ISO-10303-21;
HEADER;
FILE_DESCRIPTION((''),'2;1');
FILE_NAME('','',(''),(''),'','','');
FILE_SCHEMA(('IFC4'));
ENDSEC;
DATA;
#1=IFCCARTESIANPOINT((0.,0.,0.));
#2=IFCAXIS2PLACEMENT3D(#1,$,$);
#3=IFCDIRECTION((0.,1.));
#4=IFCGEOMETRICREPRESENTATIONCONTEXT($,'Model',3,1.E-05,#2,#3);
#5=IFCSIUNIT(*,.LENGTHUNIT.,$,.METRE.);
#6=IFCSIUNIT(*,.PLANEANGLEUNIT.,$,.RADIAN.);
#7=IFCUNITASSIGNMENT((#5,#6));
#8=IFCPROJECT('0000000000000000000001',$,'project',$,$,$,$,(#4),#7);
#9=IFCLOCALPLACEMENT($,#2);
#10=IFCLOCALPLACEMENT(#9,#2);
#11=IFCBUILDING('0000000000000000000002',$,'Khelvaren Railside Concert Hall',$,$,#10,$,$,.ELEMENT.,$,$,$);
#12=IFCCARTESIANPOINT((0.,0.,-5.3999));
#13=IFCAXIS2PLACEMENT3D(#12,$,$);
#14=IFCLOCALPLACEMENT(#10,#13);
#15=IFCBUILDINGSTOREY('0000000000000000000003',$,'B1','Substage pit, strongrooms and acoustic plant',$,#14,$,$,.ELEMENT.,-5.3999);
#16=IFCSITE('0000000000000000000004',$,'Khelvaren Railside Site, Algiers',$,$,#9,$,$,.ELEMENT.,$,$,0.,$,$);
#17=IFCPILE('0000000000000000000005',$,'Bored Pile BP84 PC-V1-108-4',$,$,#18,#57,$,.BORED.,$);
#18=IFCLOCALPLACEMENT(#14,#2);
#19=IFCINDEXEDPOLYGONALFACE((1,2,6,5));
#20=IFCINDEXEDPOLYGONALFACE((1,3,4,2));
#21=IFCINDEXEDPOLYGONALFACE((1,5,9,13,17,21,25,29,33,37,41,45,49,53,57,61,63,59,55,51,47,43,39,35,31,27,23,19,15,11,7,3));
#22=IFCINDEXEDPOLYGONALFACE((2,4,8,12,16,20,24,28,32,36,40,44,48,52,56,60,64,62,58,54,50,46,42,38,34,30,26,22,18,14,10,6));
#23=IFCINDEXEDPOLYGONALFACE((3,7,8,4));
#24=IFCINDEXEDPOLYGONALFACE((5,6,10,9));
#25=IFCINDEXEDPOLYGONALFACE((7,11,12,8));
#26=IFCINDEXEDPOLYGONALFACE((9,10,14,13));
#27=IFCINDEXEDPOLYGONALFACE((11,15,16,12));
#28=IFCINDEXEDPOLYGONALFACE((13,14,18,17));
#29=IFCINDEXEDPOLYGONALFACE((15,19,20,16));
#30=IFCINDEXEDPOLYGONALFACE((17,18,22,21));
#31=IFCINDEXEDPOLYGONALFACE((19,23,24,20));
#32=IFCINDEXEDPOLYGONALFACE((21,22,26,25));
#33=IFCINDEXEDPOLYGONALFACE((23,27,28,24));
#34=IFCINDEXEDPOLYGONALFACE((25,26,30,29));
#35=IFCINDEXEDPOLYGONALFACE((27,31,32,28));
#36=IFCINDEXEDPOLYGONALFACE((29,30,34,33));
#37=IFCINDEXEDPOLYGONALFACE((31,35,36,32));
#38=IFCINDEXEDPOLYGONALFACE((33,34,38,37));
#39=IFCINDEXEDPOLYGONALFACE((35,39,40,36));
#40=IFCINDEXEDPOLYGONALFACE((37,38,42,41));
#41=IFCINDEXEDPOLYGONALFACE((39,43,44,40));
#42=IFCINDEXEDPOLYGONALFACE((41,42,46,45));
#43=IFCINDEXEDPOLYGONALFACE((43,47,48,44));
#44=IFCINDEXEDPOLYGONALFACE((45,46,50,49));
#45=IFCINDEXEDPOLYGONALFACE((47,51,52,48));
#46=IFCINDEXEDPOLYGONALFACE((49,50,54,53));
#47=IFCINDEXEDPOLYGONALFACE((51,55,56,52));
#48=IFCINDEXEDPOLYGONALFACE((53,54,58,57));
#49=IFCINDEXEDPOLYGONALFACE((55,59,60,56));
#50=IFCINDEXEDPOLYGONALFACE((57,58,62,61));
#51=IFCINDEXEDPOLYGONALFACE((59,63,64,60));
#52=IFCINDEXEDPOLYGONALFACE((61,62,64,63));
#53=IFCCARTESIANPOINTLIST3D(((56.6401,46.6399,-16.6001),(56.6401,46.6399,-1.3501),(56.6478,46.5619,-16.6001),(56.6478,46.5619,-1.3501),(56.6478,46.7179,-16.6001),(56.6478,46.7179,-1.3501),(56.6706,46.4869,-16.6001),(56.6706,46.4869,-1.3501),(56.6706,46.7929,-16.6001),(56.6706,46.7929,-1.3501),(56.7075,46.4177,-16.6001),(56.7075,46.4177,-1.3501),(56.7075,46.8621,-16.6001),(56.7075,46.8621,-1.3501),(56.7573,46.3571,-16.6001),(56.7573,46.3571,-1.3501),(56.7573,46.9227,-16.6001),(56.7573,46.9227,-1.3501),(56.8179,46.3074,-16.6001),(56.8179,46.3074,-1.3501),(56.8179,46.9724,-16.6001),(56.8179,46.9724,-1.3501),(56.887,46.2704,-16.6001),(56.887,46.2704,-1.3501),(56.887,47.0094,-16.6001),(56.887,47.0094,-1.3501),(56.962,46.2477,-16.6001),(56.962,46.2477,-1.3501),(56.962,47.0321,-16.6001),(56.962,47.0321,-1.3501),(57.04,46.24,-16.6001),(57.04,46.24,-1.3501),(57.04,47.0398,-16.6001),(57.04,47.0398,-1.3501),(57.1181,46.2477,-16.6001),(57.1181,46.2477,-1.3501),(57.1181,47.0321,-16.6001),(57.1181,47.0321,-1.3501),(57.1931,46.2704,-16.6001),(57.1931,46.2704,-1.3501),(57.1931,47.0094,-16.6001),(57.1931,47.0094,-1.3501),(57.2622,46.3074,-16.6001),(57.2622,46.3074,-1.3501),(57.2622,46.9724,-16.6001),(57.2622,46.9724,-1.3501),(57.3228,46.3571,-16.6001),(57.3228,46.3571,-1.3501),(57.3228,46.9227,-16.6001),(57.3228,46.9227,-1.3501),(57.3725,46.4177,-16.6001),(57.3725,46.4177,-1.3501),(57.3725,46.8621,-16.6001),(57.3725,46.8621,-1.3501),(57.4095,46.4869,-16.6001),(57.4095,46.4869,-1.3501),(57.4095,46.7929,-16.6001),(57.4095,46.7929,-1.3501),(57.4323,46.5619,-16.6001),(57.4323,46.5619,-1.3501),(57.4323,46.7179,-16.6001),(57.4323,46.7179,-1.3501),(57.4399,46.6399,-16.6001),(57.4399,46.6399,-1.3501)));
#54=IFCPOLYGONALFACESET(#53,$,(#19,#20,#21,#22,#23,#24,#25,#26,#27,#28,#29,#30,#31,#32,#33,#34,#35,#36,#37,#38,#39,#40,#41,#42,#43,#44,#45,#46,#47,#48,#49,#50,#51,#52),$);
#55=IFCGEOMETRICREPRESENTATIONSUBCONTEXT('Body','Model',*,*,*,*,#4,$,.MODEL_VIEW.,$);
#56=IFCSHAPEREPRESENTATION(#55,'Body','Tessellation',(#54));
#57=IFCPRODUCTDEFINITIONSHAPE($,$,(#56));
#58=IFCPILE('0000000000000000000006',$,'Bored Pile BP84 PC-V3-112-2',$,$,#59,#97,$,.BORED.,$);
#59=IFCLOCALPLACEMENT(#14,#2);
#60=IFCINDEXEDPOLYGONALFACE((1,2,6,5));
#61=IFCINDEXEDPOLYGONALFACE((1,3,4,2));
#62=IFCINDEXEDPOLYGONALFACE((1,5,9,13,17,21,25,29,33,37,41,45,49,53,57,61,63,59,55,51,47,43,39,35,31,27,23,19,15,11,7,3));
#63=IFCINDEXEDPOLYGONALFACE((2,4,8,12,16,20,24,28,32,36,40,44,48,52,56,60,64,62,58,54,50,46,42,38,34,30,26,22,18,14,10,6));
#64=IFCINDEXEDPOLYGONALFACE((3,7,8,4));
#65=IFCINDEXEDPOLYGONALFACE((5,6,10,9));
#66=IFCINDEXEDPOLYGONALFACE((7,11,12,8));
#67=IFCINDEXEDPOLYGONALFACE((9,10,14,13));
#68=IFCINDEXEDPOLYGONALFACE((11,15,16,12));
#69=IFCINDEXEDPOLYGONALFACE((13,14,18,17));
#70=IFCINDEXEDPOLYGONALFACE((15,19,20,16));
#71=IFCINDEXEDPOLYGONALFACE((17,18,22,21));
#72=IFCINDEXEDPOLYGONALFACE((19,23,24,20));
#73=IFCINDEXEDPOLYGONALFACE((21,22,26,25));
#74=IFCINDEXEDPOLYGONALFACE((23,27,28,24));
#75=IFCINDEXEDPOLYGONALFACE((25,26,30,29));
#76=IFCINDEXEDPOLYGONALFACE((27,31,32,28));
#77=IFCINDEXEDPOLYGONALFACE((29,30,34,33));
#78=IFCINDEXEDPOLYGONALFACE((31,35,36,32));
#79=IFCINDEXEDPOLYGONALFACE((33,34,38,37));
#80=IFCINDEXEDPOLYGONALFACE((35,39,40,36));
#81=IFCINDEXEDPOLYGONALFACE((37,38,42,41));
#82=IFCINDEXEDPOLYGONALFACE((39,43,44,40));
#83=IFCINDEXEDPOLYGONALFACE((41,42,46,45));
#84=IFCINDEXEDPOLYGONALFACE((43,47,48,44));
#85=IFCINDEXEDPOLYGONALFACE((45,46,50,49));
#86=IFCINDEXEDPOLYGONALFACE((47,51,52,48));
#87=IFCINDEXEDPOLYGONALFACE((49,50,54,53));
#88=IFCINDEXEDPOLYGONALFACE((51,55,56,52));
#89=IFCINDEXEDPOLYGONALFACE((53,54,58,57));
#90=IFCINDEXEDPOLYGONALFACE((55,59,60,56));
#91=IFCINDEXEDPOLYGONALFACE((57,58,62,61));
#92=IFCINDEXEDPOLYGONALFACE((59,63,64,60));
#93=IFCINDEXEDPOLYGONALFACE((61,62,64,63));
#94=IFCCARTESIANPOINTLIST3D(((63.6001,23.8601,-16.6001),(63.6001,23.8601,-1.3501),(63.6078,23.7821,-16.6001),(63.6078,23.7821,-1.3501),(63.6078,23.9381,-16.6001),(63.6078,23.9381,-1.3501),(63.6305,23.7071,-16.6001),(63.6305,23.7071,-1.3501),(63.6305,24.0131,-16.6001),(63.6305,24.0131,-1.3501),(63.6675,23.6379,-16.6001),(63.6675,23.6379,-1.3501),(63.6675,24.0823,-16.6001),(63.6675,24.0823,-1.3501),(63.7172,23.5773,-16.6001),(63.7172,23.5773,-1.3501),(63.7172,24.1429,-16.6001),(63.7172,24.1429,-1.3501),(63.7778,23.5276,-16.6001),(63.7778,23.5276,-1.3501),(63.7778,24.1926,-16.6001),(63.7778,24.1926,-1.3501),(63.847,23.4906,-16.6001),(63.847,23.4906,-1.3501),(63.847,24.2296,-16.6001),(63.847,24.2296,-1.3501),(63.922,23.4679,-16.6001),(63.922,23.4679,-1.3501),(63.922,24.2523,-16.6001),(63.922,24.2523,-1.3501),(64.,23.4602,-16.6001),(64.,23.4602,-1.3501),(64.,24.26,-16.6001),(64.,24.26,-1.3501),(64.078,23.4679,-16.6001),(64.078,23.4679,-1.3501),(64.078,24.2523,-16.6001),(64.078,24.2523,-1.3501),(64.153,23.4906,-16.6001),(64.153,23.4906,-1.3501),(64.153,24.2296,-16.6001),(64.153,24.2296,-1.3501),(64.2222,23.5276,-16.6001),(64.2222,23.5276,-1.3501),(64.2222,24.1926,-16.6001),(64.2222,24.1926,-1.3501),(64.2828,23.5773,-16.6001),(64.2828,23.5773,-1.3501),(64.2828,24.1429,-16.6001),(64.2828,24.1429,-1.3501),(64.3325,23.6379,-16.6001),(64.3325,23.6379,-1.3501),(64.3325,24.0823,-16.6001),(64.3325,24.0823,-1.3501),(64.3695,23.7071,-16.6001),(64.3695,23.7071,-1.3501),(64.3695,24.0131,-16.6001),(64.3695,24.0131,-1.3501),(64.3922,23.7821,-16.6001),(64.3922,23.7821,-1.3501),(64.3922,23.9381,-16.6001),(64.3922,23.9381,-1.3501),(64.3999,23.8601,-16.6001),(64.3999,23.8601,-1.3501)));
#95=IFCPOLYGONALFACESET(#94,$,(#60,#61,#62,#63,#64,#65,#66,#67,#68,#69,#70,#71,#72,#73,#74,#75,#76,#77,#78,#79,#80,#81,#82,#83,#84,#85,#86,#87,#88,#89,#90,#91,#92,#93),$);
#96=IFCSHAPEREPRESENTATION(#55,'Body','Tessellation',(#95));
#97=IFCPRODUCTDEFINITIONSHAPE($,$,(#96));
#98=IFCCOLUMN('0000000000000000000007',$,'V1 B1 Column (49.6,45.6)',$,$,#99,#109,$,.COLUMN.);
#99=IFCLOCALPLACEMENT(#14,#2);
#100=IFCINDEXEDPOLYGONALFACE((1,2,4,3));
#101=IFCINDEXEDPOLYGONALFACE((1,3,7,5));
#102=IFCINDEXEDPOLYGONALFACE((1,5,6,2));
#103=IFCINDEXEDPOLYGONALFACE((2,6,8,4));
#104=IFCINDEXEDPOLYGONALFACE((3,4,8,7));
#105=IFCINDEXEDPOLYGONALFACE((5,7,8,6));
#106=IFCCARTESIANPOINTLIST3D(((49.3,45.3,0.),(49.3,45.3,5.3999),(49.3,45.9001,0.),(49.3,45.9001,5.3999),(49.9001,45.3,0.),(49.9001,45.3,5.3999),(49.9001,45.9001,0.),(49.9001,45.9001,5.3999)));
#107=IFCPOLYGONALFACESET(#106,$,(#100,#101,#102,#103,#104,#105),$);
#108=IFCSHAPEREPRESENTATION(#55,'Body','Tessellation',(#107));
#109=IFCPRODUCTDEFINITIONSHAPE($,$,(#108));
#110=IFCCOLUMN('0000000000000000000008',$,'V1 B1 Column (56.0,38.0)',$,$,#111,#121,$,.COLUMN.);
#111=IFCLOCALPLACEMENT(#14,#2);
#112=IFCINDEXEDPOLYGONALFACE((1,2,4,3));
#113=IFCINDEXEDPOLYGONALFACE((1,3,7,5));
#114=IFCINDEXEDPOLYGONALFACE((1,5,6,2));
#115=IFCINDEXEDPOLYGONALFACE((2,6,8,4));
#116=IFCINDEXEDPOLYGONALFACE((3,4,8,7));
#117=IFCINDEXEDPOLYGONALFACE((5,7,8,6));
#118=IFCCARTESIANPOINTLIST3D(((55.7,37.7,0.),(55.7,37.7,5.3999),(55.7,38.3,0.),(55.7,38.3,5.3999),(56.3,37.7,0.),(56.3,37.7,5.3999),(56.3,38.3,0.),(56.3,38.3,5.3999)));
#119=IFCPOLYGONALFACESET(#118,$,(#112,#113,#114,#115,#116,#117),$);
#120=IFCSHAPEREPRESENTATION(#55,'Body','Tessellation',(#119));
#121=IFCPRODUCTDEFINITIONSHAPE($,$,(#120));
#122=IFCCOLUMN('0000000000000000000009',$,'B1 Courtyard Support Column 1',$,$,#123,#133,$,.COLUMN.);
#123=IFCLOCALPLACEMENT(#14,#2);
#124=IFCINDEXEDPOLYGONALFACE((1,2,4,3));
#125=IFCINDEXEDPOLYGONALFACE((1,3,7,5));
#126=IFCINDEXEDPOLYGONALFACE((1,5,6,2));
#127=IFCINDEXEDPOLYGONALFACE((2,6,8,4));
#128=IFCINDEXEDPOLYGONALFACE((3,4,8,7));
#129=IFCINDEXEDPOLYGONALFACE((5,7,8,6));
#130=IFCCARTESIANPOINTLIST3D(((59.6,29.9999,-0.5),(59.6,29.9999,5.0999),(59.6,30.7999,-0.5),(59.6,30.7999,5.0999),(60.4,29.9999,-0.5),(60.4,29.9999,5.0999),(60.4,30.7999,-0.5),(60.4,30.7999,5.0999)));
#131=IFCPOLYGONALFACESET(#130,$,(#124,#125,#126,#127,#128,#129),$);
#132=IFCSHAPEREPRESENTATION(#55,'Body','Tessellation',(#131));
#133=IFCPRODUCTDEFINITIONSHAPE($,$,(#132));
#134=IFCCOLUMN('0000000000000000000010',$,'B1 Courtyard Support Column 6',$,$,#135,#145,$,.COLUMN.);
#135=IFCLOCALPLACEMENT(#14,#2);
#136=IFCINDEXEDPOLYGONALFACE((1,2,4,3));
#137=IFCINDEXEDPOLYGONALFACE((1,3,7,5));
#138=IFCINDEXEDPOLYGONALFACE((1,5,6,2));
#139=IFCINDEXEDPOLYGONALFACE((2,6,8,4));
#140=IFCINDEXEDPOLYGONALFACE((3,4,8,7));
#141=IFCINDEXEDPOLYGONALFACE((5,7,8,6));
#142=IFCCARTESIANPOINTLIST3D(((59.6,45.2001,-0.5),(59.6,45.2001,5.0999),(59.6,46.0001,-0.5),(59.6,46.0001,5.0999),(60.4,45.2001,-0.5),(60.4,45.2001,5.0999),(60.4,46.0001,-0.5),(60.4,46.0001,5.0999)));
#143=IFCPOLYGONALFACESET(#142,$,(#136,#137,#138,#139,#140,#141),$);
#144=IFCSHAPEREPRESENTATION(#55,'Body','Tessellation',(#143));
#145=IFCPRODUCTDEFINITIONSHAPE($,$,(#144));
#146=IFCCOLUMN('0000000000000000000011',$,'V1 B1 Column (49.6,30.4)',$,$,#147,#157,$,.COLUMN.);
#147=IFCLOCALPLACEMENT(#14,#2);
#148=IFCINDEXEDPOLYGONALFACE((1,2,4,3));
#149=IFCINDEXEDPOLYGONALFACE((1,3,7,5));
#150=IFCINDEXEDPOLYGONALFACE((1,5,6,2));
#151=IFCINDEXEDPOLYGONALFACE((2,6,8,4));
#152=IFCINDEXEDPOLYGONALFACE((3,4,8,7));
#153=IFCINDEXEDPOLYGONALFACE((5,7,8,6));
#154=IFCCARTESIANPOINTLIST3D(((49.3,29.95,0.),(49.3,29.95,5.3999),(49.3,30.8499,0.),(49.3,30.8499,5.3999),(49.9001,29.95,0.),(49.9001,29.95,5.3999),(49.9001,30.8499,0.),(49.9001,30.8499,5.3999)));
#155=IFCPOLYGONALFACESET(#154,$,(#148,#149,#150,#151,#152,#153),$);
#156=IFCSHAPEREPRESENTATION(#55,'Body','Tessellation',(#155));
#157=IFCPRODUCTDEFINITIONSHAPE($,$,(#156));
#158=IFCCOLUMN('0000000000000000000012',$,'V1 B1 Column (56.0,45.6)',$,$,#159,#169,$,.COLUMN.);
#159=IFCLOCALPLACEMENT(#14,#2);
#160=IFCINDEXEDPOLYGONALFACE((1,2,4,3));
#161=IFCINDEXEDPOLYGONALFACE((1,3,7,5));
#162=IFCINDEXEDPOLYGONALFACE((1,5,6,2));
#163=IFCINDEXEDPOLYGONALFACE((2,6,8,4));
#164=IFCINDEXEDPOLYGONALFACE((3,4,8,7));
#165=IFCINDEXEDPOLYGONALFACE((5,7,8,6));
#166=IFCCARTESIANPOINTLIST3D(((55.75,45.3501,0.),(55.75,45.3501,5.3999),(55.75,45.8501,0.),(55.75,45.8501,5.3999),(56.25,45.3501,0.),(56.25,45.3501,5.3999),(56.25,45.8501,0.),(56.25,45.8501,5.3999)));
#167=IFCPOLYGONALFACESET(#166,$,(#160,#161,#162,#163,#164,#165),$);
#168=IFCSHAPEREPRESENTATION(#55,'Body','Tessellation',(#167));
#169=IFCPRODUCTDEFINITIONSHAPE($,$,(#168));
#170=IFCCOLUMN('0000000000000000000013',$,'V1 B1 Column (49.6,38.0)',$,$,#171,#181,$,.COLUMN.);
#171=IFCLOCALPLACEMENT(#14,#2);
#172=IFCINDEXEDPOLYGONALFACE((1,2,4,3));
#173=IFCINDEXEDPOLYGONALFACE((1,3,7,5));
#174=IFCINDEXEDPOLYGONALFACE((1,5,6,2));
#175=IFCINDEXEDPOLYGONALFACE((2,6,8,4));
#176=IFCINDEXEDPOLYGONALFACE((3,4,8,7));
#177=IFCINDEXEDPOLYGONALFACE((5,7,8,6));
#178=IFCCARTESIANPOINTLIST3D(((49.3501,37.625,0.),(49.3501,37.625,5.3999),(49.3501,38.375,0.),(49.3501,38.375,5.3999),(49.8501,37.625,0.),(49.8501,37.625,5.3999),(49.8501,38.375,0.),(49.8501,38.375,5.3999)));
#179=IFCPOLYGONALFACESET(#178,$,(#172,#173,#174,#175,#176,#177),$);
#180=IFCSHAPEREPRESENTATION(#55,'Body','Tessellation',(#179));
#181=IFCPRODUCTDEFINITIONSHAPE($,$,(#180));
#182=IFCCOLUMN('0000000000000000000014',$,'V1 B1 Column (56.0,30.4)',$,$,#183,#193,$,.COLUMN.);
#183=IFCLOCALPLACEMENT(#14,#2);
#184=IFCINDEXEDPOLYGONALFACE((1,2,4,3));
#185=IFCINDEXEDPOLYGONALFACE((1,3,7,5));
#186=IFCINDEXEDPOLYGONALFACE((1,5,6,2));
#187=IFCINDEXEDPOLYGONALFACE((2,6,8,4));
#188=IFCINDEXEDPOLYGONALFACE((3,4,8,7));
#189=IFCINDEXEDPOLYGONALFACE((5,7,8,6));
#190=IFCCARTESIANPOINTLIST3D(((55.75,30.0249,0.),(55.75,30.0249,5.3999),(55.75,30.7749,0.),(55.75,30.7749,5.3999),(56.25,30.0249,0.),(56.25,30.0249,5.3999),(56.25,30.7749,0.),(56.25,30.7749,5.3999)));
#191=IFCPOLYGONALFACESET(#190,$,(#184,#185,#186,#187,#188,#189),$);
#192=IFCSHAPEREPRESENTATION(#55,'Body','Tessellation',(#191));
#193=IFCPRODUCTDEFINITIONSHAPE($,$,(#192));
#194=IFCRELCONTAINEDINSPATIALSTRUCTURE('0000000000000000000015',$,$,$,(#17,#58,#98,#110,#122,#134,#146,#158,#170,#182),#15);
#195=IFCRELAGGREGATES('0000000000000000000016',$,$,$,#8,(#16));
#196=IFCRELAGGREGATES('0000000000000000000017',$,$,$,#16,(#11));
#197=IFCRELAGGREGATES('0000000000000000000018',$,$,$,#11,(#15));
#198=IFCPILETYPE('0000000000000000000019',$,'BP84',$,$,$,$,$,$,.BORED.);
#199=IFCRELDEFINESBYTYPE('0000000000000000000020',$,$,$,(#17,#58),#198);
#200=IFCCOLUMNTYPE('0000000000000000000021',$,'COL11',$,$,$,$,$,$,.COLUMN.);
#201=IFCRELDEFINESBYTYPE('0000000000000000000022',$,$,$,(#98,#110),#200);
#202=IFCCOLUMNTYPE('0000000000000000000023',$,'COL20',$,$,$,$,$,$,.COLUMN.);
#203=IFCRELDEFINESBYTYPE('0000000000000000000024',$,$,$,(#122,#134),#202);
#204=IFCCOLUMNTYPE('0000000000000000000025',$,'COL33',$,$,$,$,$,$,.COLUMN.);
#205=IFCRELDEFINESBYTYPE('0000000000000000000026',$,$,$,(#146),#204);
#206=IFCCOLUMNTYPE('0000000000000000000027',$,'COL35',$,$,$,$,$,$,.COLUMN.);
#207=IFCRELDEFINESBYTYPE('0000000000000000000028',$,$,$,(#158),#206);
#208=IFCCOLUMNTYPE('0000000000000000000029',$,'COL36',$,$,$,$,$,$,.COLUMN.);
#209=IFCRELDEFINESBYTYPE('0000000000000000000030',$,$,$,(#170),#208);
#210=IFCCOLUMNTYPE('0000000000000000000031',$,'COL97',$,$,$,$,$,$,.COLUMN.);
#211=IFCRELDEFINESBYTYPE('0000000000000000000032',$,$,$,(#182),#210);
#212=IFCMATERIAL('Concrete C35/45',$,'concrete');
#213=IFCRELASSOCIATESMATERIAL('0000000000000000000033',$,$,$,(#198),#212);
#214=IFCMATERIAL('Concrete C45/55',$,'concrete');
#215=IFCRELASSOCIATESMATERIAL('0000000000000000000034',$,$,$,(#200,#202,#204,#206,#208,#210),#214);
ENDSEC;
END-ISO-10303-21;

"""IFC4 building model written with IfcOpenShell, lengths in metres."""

from ifc_helpers import new_model, si_unit, direction, frame, origin, origin_2d, place, context, subcontext, project, spatial, rectangle, circle, extrude, material, material_profile, profile_set, type_object, element, save


model = new_model("IFC4")

# Units and contexts
model_context = context("Model", 3, precision=1e-05, world=origin(), true_north=direction((0.0, 1.0)))
body_context = subcontext(model_context, "Body", "Model", "MODEL_VIEW")
ifc_project = project(units=[si_unit("LENGTHUNIT", "METRE"), si_unit("PLANEANGLEUNIT", "RADIAN")], contexts=[model_context])

# Site, building, storey
site_placement = place(None, origin())
site = spatial("IfcSite", under=ifc_project, at=site_placement, Name="Khelvaren Railside Site, Algiers", CompositionType="ELEMENT", RefElevation=0.0)
building_placement = place(site_placement, origin())
building = spatial("IfcBuilding", under=site, at=building_placement, Name="Khelvaren Railside Concert Hall", CompositionType="ELEMENT")
storey_placement = place(building_placement, frame((0.0, 0.0, -5.3999)))
storey = spatial("IfcBuildingStorey", under=building, at=storey_placement, Name="B1", Description="Substage pit, strongrooms and acoustic plant", CompositionType="ELEMENT", Elevation=-5.3999)

# Piles
ifc_material_1 = material(Name="Concrete C35/45", Category="concrete")
ifc_material_profile_1 = material_profile(ifc_material_1, circle(Radius=0.3999, at=origin_2d()), Name="BP D800")
ifc_profile_set_1 = profile_set([ifc_material_profile_1], Name="Concrete C35/45")
pile_type_1 = type_object("IfcPileType", Name="BP84", PredefinedType="BORED", material=ifc_profile_set_1)
for number, where, z_axis, x_axis, name in (
    (1, (57.04, 46.6399, -1.3501), (0.0, 0.0, -1.0), (1.0, 0.0, 0.0), "Bored Pile BP84 PC-V1-108-4"),
    (2, (64.0, 23.8601, -1.3501), (0.0, 0.0, -1.0), (1.0, 0.0, 0.0), "Bored Pile BP84 PC-V3-112-2"),
):
    element("IfcPile", number, at=place(storey_placement, frame(where, z_axis=z_axis, x_axis=x_axis)), inside=storey, type_object=pile_type_1, Name=name, PredefinedType="BORED", context=body_context, shape_type="SweptSolid", body=[
        extrude(circle(Radius=0.3999, at=origin_2d()), origin(), (0.0, 0.0, 1.0), 15.25),
    ])

# Columns
ifc_material_2 = material(Name="Concrete C45/55", Category="concrete")
ifc_material_profile_2 = material_profile(ifc_material_2, rectangle(XDim=0.6001, YDim=0.6001, at=origin_2d()), Name="RC 600x600")
ifc_profile_set_2 = profile_set([ifc_material_profile_2], Name="Concrete C45/55")
column_type_1 = type_object("IfcColumnType", Name="COL11", PredefinedType="COLUMN", material=ifc_profile_set_2)
for number, where, z_axis, x_axis, name in (
    (3, (49.6001, 45.6001, 0.0), (0.0, 0.0, 1.0), (1.0, 0.0, 0.0), "V1 B1 Column (49.6,45.6)"),
    (4, (56.0, 38.0, 0.0), (0.0, 0.0, 1.0), (1.0, 0.0, 0.0), "V1 B1 Column (56.0,38.0)"),
):
    element("IfcColumn", number, at=place(storey_placement, frame(where, z_axis=z_axis, x_axis=x_axis)), inside=storey, type_object=column_type_1, Name=name, PredefinedType="COLUMN", context=body_context, shape_type="SweptSolid", body=[
        extrude(rectangle(XDim=0.6001, YDim=0.6001, at=origin_2d()), origin(), (0.0, 0.0, 1.0), 5.3999),
    ])
ifc_material_profile_3 = material_profile(ifc_material_2, rectangle(XDim=0.8, YDim=0.8, at=origin_2d()), Name="RC 800x800")
ifc_profile_set_3 = profile_set([ifc_material_profile_3], Name="Concrete C45/55")
column_type_2 = type_object("IfcColumnType", Name="COL20", PredefinedType="COLUMN", material=ifc_profile_set_3)
for number, where, z_axis, x_axis, name in (
    (5, (60.0, 30.3999, -0.5), (0.0, 0.0, 1.0), (1.0, 0.0, 0.0), "B1 Courtyard Support Column 1"),
    (6, (60.0, 45.6001, -0.5), (0.0, 0.0, 1.0), (1.0, 0.0, 0.0), "B1 Courtyard Support Column 6"),
):
    element("IfcColumn", number, at=place(storey_placement, frame(where, z_axis=z_axis, x_axis=x_axis)), inside=storey, type_object=column_type_2, Name=name, PredefinedType="COLUMN", context=body_context, shape_type="SweptSolid", body=[
        extrude(rectangle(XDim=0.8, YDim=0.8, at=origin_2d()), origin(), (0.0, 0.0, 1.0), 5.5999),
    ])
ifc_material_profile_4 = material_profile(ifc_material_2, rectangle(XDim=0.6001, YDim=0.8999, at=origin_2d()), Name="RC 600x900")
ifc_profile_set_4 = profile_set([ifc_material_profile_4], Name="Concrete C45/55")
column_type_3 = type_object("IfcColumnType", Name="COL33", PredefinedType="COLUMN", material=ifc_profile_set_4)
column_1_placement = place(storey_placement, frame((49.6001, 30.3999, 0.0), z_axis=(0.0, 0.0, 1.0), x_axis=(1.0, 0.0, 0.0)))
element("IfcColumn", 7, at=column_1_placement, inside=storey, type_object=column_type_3, Name="V1 B1 Column (49.6,30.4)", PredefinedType="COLUMN", context=body_context, shape_type="SweptSolid", body=[
    extrude(rectangle(XDim=0.6001, YDim=0.8999, at=origin_2d()), origin(), (0.0, 0.0, 1.0), 5.3999),
])
ifc_material_profile_5 = material_profile(ifc_material_2, rectangle(XDim=0.5, YDim=0.5, at=origin_2d()), Name="RC 500x500")
ifc_profile_set_5 = profile_set([ifc_material_profile_5], Name="Concrete C45/55")
column_type_4 = type_object("IfcColumnType", Name="COL35", PredefinedType="COLUMN", material=ifc_profile_set_5)
column_2_placement = place(storey_placement, frame((56.0, 45.6001, 0.0), z_axis=(0.0, 0.0, 1.0), x_axis=(1.0, 0.0, 0.0)))
element("IfcColumn", 8, at=column_2_placement, inside=storey, type_object=column_type_4, Name="V1 B1 Column (56.0,45.6)", PredefinedType="COLUMN", context=body_context, shape_type="SweptSolid", body=[
    extrude(rectangle(XDim=0.5, YDim=0.5, at=origin_2d()), origin(), (0.0, 0.0, 1.0), 5.3999),
])
ifc_material_profile_6 = material_profile(ifc_material_2, rectangle(XDim=0.5, YDim=0.75, at=origin_2d()), Name="RC 500x750")
ifc_profile_set_6 = profile_set([ifc_material_profile_6], Name="Concrete C45/55")
column_type_5 = type_object("IfcColumnType", Name="COL36", PredefinedType="COLUMN", material=ifc_profile_set_6)
column_3_placement = place(storey_placement, frame((49.6001, 38.0, 0.0), z_axis=(0.0, 0.0, 1.0), x_axis=(1.0, 0.0, 0.0)))
element("IfcColumn", 9, at=column_3_placement, inside=storey, type_object=column_type_5, Name="V1 B1 Column (49.6,38.0)", PredefinedType="COLUMN", context=body_context, shape_type="SweptSolid", body=[
    extrude(rectangle(XDim=0.5, YDim=0.75, at=origin_2d()), origin(), (0.0, 0.0, 1.0), 5.3999),
])
ifc_material_profile_7 = material_profile(ifc_material_2, rectangle(XDim=0.5, YDim=0.75, at=origin_2d()), Name="RC 500x750")
ifc_profile_set_7 = profile_set([ifc_material_profile_7], Name="Concrete C45/55")
column_type_6 = type_object("IfcColumnType", Name="COL97", PredefinedType="COLUMN", material=ifc_profile_set_7)
column_4_placement = place(storey_placement, frame((56.0, 30.3999, 0.0), z_axis=(0.0, 0.0, 1.0), x_axis=(1.0, 0.0, 0.0)))
element("IfcColumn", 10, at=column_4_placement, inside=storey, type_object=column_type_6, Name="V1 B1 Column (56.0,30.4)", PredefinedType="COLUMN", context=body_context, shape_type="SweptSolid", body=[
    extrude(rectangle(XDim=0.5, YDim=0.75, at=origin_2d()), origin(), (0.0, 0.0, 1.0), 5.3999),
])

save(model, "model.ifc")
